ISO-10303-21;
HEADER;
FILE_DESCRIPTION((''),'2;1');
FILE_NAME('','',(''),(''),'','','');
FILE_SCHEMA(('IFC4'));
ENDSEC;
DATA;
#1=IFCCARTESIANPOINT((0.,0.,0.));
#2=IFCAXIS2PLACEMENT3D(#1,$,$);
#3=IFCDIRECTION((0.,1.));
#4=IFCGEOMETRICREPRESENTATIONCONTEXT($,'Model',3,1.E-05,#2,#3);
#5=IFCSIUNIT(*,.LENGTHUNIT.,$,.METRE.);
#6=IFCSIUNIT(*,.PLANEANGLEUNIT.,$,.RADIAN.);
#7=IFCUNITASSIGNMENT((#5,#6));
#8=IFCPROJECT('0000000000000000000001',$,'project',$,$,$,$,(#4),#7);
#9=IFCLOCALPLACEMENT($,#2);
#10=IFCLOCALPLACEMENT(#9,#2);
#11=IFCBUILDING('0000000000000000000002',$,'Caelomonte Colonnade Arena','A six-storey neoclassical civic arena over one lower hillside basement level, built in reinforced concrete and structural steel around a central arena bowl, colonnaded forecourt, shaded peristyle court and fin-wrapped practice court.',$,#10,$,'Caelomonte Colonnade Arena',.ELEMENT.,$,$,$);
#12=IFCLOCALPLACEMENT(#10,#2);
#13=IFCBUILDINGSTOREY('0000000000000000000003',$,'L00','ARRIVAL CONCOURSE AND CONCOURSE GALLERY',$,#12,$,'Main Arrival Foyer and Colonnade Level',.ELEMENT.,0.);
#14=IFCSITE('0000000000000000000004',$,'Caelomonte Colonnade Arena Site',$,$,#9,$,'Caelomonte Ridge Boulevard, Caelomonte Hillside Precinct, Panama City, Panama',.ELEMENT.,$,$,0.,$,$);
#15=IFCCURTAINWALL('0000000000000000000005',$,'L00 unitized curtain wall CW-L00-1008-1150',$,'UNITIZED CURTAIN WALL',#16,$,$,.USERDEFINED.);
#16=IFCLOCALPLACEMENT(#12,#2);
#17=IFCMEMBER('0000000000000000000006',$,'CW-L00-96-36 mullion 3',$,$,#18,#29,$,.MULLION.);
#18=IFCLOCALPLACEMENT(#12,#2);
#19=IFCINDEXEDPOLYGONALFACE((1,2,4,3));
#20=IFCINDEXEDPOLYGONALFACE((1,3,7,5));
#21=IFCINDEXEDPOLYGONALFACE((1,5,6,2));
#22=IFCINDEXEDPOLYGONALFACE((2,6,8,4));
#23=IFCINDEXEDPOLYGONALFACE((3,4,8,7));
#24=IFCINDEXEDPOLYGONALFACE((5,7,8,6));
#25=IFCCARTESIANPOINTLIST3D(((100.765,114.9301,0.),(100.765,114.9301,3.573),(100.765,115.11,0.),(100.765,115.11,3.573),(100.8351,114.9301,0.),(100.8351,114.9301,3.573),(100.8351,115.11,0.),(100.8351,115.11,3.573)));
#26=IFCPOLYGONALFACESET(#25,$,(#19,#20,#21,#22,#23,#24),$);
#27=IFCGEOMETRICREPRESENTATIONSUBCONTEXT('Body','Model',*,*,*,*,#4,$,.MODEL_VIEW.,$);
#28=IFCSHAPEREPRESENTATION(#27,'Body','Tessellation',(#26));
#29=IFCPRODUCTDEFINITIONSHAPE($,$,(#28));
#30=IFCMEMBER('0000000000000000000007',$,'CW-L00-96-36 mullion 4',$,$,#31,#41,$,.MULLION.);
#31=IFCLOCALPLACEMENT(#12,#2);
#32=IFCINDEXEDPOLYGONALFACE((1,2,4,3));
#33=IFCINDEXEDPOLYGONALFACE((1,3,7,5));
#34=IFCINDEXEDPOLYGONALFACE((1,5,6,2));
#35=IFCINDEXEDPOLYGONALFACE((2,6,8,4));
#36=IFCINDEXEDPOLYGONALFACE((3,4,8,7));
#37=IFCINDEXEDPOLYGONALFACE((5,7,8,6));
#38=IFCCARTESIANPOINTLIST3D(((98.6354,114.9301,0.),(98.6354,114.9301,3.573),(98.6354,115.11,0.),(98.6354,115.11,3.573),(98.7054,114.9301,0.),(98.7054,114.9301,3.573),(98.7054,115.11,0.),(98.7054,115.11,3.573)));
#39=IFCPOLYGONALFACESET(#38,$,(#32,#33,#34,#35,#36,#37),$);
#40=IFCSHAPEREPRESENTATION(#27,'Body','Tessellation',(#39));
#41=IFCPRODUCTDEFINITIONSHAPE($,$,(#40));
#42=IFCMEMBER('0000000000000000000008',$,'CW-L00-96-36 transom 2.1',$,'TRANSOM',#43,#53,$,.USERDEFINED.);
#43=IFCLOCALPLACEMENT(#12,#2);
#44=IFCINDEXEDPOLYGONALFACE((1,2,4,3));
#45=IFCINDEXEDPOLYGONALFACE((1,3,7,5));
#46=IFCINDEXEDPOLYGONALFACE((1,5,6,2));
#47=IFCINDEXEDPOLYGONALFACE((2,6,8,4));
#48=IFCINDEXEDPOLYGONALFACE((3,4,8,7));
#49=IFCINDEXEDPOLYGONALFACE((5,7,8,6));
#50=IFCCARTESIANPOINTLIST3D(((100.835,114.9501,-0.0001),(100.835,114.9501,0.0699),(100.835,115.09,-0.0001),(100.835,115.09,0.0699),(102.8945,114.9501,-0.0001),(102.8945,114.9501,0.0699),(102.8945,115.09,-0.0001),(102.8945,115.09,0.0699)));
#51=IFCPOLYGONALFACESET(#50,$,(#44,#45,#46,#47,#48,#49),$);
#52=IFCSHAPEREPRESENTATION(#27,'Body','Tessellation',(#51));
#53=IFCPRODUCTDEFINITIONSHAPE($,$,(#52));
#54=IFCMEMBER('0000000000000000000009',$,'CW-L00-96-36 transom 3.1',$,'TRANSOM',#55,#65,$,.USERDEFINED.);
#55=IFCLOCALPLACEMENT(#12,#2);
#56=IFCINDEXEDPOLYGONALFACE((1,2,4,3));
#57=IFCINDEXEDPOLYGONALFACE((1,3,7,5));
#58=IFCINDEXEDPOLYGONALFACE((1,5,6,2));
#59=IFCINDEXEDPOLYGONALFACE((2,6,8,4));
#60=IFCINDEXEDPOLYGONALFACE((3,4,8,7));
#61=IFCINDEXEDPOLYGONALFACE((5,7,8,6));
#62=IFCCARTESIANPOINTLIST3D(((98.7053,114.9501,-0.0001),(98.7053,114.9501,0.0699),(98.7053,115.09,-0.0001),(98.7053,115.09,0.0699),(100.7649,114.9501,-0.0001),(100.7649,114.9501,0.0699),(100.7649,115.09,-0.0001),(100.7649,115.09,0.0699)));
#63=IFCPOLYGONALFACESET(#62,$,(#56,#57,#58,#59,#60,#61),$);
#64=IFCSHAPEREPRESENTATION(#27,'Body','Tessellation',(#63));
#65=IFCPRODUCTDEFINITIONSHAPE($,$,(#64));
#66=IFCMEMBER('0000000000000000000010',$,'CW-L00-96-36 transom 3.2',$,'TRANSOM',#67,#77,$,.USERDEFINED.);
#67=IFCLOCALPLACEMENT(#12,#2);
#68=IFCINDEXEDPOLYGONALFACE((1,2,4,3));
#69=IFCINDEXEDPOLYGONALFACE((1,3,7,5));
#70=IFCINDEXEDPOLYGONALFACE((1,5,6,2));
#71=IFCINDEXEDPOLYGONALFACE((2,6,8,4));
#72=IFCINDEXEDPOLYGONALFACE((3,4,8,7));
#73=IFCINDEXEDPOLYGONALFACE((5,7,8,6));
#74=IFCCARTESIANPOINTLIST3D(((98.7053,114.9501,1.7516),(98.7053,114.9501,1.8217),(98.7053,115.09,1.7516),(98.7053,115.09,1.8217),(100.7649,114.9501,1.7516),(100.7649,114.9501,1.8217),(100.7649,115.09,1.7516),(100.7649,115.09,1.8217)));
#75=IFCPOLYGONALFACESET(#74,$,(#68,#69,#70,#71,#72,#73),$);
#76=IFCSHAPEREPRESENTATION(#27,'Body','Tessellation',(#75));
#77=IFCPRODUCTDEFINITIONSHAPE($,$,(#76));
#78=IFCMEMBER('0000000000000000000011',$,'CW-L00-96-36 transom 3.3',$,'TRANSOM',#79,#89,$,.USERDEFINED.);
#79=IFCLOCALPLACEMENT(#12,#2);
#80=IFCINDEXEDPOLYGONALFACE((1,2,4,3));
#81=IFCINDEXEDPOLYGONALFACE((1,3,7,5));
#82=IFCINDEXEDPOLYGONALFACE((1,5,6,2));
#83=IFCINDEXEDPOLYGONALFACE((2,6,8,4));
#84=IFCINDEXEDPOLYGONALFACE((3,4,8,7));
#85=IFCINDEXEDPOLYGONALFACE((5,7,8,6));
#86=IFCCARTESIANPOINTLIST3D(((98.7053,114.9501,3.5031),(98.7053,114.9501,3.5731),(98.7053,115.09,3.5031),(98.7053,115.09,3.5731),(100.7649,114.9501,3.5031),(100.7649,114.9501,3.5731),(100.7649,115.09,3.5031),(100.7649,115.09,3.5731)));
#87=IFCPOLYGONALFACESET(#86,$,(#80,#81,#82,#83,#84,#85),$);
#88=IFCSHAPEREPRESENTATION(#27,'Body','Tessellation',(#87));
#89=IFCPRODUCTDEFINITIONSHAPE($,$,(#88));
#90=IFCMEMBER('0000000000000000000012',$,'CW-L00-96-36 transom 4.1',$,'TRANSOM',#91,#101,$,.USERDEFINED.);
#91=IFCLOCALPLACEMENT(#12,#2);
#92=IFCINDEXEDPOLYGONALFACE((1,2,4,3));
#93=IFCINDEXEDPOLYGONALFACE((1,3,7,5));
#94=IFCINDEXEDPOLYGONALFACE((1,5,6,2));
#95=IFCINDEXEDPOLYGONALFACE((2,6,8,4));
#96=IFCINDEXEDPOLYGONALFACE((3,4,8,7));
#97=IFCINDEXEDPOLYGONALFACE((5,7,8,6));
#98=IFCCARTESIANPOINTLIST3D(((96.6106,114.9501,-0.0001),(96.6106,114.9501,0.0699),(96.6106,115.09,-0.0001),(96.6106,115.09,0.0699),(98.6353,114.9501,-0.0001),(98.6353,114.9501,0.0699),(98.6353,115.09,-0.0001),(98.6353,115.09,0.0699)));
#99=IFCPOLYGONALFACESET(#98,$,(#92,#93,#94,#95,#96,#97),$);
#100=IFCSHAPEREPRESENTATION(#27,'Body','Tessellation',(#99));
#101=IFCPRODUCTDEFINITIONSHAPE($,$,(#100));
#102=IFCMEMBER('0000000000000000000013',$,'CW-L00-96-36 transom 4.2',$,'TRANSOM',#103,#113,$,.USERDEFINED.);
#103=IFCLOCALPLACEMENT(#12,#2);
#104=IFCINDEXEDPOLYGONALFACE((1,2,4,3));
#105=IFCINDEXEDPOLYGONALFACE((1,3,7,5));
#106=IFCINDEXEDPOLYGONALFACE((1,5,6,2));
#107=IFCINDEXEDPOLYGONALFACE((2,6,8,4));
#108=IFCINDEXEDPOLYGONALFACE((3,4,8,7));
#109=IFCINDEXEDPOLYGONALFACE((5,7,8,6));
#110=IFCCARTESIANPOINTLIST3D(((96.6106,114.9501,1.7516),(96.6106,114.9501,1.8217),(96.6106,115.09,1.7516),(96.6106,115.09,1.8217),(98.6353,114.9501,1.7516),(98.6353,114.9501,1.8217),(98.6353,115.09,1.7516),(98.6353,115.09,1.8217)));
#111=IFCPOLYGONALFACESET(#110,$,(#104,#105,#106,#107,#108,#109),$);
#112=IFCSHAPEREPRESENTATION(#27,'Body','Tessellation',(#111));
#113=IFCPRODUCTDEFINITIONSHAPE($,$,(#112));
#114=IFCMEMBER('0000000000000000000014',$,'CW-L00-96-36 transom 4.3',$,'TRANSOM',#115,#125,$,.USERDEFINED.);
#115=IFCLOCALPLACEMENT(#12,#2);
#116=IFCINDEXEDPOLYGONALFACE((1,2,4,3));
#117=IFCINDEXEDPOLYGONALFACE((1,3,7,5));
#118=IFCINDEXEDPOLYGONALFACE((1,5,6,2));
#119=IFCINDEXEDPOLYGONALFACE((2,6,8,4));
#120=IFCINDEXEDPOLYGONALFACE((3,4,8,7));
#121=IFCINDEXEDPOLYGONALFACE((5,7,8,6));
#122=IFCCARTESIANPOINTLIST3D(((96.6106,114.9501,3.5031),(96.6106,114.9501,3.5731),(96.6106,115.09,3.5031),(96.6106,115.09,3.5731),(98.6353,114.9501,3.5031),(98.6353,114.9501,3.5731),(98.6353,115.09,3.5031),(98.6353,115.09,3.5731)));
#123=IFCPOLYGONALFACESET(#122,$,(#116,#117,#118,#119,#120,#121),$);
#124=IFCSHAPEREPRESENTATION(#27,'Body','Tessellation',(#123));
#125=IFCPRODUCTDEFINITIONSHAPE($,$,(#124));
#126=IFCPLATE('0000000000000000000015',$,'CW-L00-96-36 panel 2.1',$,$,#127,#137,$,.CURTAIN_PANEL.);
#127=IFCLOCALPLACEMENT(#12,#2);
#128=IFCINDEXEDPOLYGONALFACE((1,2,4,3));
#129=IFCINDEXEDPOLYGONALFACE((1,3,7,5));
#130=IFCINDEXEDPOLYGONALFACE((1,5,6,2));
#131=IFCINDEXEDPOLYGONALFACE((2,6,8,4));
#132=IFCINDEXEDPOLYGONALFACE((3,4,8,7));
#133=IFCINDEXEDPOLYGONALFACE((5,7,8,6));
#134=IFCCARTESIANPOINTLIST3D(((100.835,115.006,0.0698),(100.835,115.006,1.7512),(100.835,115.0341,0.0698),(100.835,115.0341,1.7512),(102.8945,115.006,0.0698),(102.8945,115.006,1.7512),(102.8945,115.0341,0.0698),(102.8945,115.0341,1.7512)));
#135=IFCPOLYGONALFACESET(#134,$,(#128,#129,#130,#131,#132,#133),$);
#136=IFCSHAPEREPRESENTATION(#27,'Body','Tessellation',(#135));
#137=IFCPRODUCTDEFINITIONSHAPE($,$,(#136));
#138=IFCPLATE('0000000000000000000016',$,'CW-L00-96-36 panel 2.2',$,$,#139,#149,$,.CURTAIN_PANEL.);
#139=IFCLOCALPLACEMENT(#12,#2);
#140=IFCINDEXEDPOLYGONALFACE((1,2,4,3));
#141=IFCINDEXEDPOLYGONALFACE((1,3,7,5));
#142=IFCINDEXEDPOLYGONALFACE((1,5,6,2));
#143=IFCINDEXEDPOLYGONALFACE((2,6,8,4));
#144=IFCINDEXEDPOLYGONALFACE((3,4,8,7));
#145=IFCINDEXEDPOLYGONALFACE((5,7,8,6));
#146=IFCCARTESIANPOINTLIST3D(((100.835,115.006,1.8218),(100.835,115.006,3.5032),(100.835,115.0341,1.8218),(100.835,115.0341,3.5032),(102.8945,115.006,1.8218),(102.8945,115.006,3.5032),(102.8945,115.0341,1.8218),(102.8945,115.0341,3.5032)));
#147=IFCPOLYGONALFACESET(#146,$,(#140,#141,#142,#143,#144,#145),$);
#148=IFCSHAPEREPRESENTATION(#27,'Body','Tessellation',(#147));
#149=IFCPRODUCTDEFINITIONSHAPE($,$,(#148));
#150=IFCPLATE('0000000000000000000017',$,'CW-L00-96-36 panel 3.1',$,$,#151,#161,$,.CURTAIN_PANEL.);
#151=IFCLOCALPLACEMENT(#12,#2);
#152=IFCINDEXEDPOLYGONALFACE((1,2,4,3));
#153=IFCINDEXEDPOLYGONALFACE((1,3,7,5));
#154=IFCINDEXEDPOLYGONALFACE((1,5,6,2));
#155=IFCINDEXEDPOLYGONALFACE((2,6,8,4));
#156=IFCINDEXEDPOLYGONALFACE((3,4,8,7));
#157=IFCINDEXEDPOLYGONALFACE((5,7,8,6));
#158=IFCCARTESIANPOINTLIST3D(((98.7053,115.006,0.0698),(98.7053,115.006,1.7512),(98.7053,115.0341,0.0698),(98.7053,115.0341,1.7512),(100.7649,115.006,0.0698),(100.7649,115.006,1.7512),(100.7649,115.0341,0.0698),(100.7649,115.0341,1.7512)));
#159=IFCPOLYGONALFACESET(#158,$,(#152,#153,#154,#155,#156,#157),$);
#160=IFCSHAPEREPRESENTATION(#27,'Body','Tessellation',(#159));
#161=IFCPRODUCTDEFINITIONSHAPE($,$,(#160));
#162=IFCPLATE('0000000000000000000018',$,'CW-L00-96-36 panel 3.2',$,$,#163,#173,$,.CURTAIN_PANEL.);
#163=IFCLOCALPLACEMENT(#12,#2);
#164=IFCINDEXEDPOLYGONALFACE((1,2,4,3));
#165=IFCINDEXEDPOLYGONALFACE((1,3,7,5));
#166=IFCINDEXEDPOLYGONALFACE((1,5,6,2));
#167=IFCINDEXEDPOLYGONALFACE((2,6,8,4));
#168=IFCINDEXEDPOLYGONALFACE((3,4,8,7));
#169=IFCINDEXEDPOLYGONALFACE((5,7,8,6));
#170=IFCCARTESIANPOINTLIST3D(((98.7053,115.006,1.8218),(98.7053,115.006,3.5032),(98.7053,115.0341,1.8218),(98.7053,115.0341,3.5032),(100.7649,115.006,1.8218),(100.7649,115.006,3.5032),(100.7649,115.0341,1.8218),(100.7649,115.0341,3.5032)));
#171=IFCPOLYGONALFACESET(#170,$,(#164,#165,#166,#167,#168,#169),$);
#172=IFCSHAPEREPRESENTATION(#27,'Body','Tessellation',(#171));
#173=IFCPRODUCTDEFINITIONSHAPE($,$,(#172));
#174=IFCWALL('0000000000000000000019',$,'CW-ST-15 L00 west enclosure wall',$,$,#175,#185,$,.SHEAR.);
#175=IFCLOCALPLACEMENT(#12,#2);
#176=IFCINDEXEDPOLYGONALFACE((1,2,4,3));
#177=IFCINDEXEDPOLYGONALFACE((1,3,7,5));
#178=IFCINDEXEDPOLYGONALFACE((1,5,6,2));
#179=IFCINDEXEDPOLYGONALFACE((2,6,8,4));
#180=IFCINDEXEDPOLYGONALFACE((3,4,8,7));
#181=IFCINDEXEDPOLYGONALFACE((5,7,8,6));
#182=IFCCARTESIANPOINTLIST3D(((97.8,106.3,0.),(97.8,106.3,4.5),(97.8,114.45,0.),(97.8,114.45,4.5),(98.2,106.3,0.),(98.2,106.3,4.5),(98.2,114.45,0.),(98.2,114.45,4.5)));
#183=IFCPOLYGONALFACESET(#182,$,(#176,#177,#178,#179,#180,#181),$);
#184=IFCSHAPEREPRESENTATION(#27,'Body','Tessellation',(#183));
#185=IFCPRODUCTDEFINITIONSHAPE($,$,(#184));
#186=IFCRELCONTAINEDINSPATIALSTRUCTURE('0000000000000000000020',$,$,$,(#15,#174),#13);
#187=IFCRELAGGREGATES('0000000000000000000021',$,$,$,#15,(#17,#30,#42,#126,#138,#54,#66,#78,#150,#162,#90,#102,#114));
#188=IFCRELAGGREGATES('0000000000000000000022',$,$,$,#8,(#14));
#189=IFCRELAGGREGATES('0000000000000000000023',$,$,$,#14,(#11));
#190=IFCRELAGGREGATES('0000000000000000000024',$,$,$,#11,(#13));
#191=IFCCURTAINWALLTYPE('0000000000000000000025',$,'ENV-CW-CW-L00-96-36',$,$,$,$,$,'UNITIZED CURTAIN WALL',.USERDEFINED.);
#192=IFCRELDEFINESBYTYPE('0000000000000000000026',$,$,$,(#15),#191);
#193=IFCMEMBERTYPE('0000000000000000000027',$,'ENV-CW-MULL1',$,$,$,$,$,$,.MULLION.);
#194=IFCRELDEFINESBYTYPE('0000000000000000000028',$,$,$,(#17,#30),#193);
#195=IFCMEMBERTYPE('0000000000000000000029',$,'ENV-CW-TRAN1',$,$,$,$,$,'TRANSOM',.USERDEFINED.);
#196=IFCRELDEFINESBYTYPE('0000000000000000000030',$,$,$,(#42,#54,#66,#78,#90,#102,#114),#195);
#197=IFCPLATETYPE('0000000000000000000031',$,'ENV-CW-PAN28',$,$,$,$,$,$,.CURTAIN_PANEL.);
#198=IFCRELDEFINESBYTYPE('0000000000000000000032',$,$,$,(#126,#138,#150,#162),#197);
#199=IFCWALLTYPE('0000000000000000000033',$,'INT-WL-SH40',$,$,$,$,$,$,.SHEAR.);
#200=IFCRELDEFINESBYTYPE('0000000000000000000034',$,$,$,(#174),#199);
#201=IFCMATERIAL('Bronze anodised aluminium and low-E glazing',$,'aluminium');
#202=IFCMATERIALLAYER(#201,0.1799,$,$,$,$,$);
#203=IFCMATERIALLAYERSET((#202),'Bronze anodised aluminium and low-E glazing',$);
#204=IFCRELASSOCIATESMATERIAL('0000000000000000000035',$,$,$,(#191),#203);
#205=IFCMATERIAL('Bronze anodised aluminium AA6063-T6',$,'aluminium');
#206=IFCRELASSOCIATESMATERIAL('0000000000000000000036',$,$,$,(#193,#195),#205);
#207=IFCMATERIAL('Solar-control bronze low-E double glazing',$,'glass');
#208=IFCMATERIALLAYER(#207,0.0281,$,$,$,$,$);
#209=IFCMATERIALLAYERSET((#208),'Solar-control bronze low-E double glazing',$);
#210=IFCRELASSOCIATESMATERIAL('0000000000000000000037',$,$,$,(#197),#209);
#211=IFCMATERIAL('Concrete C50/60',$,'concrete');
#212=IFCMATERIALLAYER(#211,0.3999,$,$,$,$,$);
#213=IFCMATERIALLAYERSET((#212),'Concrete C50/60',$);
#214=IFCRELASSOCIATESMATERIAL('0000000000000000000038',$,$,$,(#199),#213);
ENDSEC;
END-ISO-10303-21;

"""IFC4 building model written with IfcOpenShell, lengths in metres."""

from ifc_helpers import new_model, si_unit, direction, frame, frame_2d, origin, origin_2d, place, context, subcontext, project, spatial, rectangle, extrude, material, layer, layer_set, material_profile, profile_set, type_object, element, aggregate, save


model = new_model("IFC4")

# Units and contexts
model_context = context("Model", 3, precision=1e-05, world=origin(), true_north=direction((0.0, 1.0)))
body_context = subcontext(model_context, "Body", "Model", "MODEL_VIEW")
ifc_project = project(units=[si_unit("LENGTHUNIT", "METRE"), si_unit("PLANEANGLEUNIT", "RADIAN")], contexts=[model_context])

# Site, building, storey
site_placement = place(None, origin())
site = spatial("IfcSite", under=ifc_project, at=site_placement, Name="Caelomonte Colonnade Arena Site", LongName="Caelomonte Ridge Boulevard, Caelomonte Hillside Precinct, Panama City, Panama", CompositionType="ELEMENT", RefElevation=0.0)
building_placement = place(site_placement, origin())
building = spatial("IfcBuilding", under=site, at=building_placement, Name="Caelomonte Colonnade Arena", Description="A six-storey neoclassical civic arena over one lower hillside basement level, built in reinforced concrete and structural steel around a central arena bowl, colonnaded forecourt, shaded peristyle court and fin-wrapped practice court.", LongName="Caelomonte Colonnade Arena", CompositionType="ELEMENT")
storey_placement = place(building_placement, origin())
storey = spatial("IfcBuildingStorey", under=building, at=storey_placement, Name="L00", Description="ARRIVAL CONCOURSE AND CONCOURSE GALLERY", LongName="Main Arrival Foyer and Colonnade Level", CompositionType="ELEMENT", Elevation=0.0)

# Curtain wall, members, plates
ifc_material_1 = material(Name="Bronze anodised aluminium and low-E glazing", Category="aluminium")
ifc_layer_1 = layer(ifc_material_1, 0.1799)
ifc_layer_set_1 = layer_set([ifc_layer_1], Name="Bronze anodised aluminium and low-E glazing")
curtain_wall_type = type_object("IfcCurtainWallType", Name="ENV-CW-CW-L00-96-36", ElementType="UNITIZED CURTAIN WALL", PredefinedType="USERDEFINED", material=ifc_layer_set_1)
curtain_wall_placement = place(storey_placement, origin())
curtain_wall = element("IfcCurtainWall", 1, at=curtain_wall_placement, inside=storey, type_object=curtain_wall_type, Name="L00 unitized curtain wall CW-L00-1008-1150", ObjectType="UNITIZED CURTAIN WALL", PredefinedType="USERDEFINED")
ifc_material_2 = material(Name="Bronze anodised aluminium AA6063-T6", Category="aluminium")
ifc_material_profile_1 = material_profile(ifc_material_2, rectangle(XDim=0.0701, YDim=0.1799, at=origin_2d()), Name="CWM-70X180")
ifc_profile_set_1 = profile_set([ifc_material_profile_1], Name="Bronze anodised aluminium AA6063-T6")
member_type_1 = type_object("IfcMemberType", Name="ENV-CW-MULL1", PredefinedType="MULLION", material=ifc_profile_set_1)
member_1_placement = place(storey_placement, frame((100.8, 115.02, 0.0), z_axis=(0.0, 0.0, 1.0), x_axis=(-1.0, 0.0, 0.0)))
member_1 = element("IfcMember", 2, at=member_1_placement, type_object=member_type_1, Name="CW-L00-96-36 mullion 3", PredefinedType="MULLION", context=body_context, shape_type="SweptSolid", body=[
    extrude(rectangle(XDim=0.0701, YDim=0.1799, at=origin_2d()), origin(), (0.0, 0.0, 1.0), 3.573),
])
member_2_placement = place(storey_placement, frame((98.6704, 115.02, 0.0), z_axis=(0.0, 0.0, 1.0), x_axis=(-1.0, 0.0, 0.0)))
member_2 = element("IfcMember", 3, at=member_2_placement, type_object=member_type_1, Name="CW-L00-96-36 mullion 4", PredefinedType="MULLION", context=body_context, shape_type="SweptSolid", body=[
    extrude(rectangle(XDim=0.0701, YDim=0.1799, at=origin_2d()), origin(), (0.0, 0.0, 1.0), 3.573),
])
ifc_material_profile_2 = material_profile(ifc_material_2, rectangle(XDim=0.0701, YDim=0.1399, at=origin_2d()), Name="CWT-70X140")
ifc_profile_set_2 = profile_set([ifc_material_profile_2], Name="Bronze anodised aluminium AA6063-T6")
member_type_2 = type_object("IfcMemberType", Name="ENV-CW-TRAN1", ElementType="TRANSOM", PredefinedType="USERDEFINED", material=ifc_profile_set_2)
member_3_placement = place(storey_placement, frame((102.8945, 115.02, 0.0349), z_axis=(-1.0, 0.0, 0.0), x_axis=(0.0, 0.0, 1.0)))
member_3 = element("IfcMember", 4, at=member_3_placement, type_object=member_type_2, Name="CW-L00-96-36 transom 2.1", ObjectType="TRANSOM", PredefinedType="USERDEFINED", context=body_context, shape_type="SweptSolid", body=[
    extrude(rectangle(XDim=0.0701, YDim=0.1399, at=origin_2d()), origin(), (0.0, 0.0, 1.0), 2.0596),
])
member_4_placement = place(storey_placement, frame((100.7649, 115.02, 0.0349), z_axis=(-1.0, 0.0, 0.0), x_axis=(0.0, 0.0, 1.0)))
member_4 = element("IfcMember", 5, at=member_4_placement, type_object=member_type_2, Name="CW-L00-96-36 transom 3.1", ObjectType="TRANSOM", PredefinedType="USERDEFINED", context=body_context, shape_type="SweptSolid", body=[
    extrude(rectangle(XDim=0.0701, YDim=0.1399, at=origin_2d()), origin(), (0.0, 0.0, 1.0), 2.0596),
])
member_5_placement = place(storey_placement, frame((100.7649, 115.02, 1.7866), z_axis=(-1.0, 0.0, 0.0), x_axis=(0.0, 0.0, 1.0)))
member_5 = element("IfcMember", 6, at=member_5_placement, type_object=member_type_2, Name="CW-L00-96-36 transom 3.2", ObjectType="TRANSOM", PredefinedType="USERDEFINED", context=body_context, shape_type="SweptSolid", body=[
    extrude(rectangle(XDim=0.0701, YDim=0.1399, at=origin_2d()), origin(), (0.0, 0.0, 1.0), 2.0596),
])
member_6_placement = place(storey_placement, frame((100.7649, 115.02, 3.5381), z_axis=(-1.0, 0.0, 0.0), x_axis=(0.0, 0.0, 1.0)))
member_6 = element("IfcMember", 7, at=member_6_placement, type_object=member_type_2, Name="CW-L00-96-36 transom 3.3", ObjectType="TRANSOM", PredefinedType="USERDEFINED", context=body_context, shape_type="SweptSolid", body=[
    extrude(rectangle(XDim=0.0701, YDim=0.1399, at=origin_2d()), origin(), (0.0, 0.0, 1.0), 2.0596),
])
member_7_placement = place(storey_placement, frame((98.6353, 115.02, 0.0349), z_axis=(-1.0, 0.0, 0.0), x_axis=(0.0, 0.0, 1.0)))
member_7 = element("IfcMember", 8, at=member_7_placement, type_object=member_type_2, Name="CW-L00-96-36 transom 4.1", ObjectType="TRANSOM", PredefinedType="USERDEFINED", context=body_context, shape_type="SweptSolid", body=[
    extrude(rectangle(XDim=0.0701, YDim=0.1399, at=origin_2d()), origin(), (0.0, 0.0, 1.0), 2.0247),
])
member_8_placement = place(storey_placement, frame((98.6353, 115.02, 1.7866), z_axis=(-1.0, 0.0, 0.0), x_axis=(0.0, 0.0, 1.0)))
member_8 = element("IfcMember", 9, at=member_8_placement, type_object=member_type_2, Name="CW-L00-96-36 transom 4.2", ObjectType="TRANSOM", PredefinedType="USERDEFINED", context=body_context, shape_type="SweptSolid", body=[
    extrude(rectangle(XDim=0.0701, YDim=0.1399, at=origin_2d()), origin(), (0.0, 0.0, 1.0), 2.0247),
])
member_9_placement = place(storey_placement, frame((98.6353, 115.02, 3.5381), z_axis=(-1.0, 0.0, 0.0), x_axis=(0.0, 0.0, 1.0)))
member_9 = element("IfcMember", 10, at=member_9_placement, type_object=member_type_2, Name="CW-L00-96-36 transom 4.3", ObjectType="TRANSOM", PredefinedType="USERDEFINED", context=body_context, shape_type="SweptSolid", body=[
    extrude(rectangle(XDim=0.0701, YDim=0.1399, at=origin_2d()), origin(), (0.0, 0.0, 1.0), 2.0247),
])
ifc_material_3 = material(Name="Solar-control bronze low-E double glazing", Category="glass")
ifc_layer_2 = layer(ifc_material_3, 0.0281)
ifc_layer_set_2 = layer_set([ifc_layer_2], Name="Solar-control bronze low-E double glazing")
plate_type = type_object("IfcPlateType", Name="ENV-CW-PAN28", PredefinedType="CURTAIN_PANEL", material=ifc_layer_set_2)
plate_1_placement = place(storey_placement, frame((101.8647, 115.02, 0.0698), z_axis=(0.0, 0.0, 1.0), x_axis=(-1.0, 0.0, 0.0)))
plate_1 = element("IfcPlate", 11, at=plate_1_placement, type_object=plate_type, Name="CW-L00-96-36 panel 2.1", PredefinedType="CURTAIN_PANEL", context=body_context, shape_type="SweptSolid", body=[
    extrude(rectangle(XDim=2.0596, YDim=0.0281, at=origin_2d()), origin(), (0.0, 0.0, 1.0), 1.6814),
])
plate_2_placement = place(storey_placement, frame((101.8647, 115.02, 1.8218), z_axis=(0.0, 0.0, 1.0), x_axis=(-1.0, 0.0, 0.0)))
plate_2 = element("IfcPlate", 12, at=plate_2_placement, type_object=plate_type, Name="CW-L00-96-36 panel 2.2", PredefinedType="CURTAIN_PANEL", context=body_context, shape_type="SweptSolid", body=[
    extrude(rectangle(XDim=2.0596, YDim=0.0281, at=origin_2d()), origin(), (0.0, 0.0, 1.0), 1.6814),
])
plate_3_placement = place(storey_placement, frame((99.7351, 115.02, 0.0698), z_axis=(0.0, 0.0, 1.0), x_axis=(-1.0, 0.0, 0.0)))
plate_3 = element("IfcPlate", 13, at=plate_3_placement, type_object=plate_type, Name="CW-L00-96-36 panel 3.1", PredefinedType="CURTAIN_PANEL", context=body_context, shape_type="SweptSolid", body=[
    extrude(rectangle(XDim=2.0596, YDim=0.0281, at=origin_2d()), origin(), (0.0, 0.0, 1.0), 1.6814),
])
plate_4_placement = place(storey_placement, frame((99.7351, 115.02, 1.8218), z_axis=(0.0, 0.0, 1.0), x_axis=(-1.0, 0.0, 0.0)))
plate_4 = element("IfcPlate", 14, at=plate_4_placement, type_object=plate_type, Name="CW-L00-96-36 panel 3.2", PredefinedType="CURTAIN_PANEL", context=body_context, shape_type="SweptSolid", body=[
    extrude(rectangle(XDim=2.0596, YDim=0.0281, at=origin_2d()), origin(), (0.0, 0.0, 1.0), 1.6814),
])
aggregate(curtain_wall, [member_1, member_2, member_3, plate_1, plate_2, member_4, member_5, member_6, plate_3, plate_4, member_7, member_8, member_9])

# Wall
ifc_material_4 = material(Name="Concrete C50/60", Category="concrete")
ifc_layer_3 = layer(ifc_material_4, 0.3999)
ifc_layer_set_3 = layer_set([ifc_layer_3], Name="Concrete C50/60")
wall_type = type_object("IfcWallType", Name="INT-WL-SH40", PredefinedType="SHEAR", material=ifc_layer_set_3)
for number, where, z_axis, x_axis, name in (
    (15, (98.0, 114.45, 0.0), (0.0, 0.0, 1.0), (0.0, -1.0, 0.0), "CW-ST-15 L00 west enclosure wall"),
):
    element("IfcWall", number, at=place(storey_placement, frame(where, z_axis=z_axis, x_axis=x_axis)), inside=storey, type_object=wall_type, Name=name, PredefinedType="SHEAR", context=body_context, shape_type="SweptSolid", body=[
        extrude(rectangle(XDim=8.1499, YDim=0.3999, at=frame_2d((4.075, 0.0))), origin(), (0.0, 0.0, 1.0), 4.5),
    ])

save(model, "model.ifc")
